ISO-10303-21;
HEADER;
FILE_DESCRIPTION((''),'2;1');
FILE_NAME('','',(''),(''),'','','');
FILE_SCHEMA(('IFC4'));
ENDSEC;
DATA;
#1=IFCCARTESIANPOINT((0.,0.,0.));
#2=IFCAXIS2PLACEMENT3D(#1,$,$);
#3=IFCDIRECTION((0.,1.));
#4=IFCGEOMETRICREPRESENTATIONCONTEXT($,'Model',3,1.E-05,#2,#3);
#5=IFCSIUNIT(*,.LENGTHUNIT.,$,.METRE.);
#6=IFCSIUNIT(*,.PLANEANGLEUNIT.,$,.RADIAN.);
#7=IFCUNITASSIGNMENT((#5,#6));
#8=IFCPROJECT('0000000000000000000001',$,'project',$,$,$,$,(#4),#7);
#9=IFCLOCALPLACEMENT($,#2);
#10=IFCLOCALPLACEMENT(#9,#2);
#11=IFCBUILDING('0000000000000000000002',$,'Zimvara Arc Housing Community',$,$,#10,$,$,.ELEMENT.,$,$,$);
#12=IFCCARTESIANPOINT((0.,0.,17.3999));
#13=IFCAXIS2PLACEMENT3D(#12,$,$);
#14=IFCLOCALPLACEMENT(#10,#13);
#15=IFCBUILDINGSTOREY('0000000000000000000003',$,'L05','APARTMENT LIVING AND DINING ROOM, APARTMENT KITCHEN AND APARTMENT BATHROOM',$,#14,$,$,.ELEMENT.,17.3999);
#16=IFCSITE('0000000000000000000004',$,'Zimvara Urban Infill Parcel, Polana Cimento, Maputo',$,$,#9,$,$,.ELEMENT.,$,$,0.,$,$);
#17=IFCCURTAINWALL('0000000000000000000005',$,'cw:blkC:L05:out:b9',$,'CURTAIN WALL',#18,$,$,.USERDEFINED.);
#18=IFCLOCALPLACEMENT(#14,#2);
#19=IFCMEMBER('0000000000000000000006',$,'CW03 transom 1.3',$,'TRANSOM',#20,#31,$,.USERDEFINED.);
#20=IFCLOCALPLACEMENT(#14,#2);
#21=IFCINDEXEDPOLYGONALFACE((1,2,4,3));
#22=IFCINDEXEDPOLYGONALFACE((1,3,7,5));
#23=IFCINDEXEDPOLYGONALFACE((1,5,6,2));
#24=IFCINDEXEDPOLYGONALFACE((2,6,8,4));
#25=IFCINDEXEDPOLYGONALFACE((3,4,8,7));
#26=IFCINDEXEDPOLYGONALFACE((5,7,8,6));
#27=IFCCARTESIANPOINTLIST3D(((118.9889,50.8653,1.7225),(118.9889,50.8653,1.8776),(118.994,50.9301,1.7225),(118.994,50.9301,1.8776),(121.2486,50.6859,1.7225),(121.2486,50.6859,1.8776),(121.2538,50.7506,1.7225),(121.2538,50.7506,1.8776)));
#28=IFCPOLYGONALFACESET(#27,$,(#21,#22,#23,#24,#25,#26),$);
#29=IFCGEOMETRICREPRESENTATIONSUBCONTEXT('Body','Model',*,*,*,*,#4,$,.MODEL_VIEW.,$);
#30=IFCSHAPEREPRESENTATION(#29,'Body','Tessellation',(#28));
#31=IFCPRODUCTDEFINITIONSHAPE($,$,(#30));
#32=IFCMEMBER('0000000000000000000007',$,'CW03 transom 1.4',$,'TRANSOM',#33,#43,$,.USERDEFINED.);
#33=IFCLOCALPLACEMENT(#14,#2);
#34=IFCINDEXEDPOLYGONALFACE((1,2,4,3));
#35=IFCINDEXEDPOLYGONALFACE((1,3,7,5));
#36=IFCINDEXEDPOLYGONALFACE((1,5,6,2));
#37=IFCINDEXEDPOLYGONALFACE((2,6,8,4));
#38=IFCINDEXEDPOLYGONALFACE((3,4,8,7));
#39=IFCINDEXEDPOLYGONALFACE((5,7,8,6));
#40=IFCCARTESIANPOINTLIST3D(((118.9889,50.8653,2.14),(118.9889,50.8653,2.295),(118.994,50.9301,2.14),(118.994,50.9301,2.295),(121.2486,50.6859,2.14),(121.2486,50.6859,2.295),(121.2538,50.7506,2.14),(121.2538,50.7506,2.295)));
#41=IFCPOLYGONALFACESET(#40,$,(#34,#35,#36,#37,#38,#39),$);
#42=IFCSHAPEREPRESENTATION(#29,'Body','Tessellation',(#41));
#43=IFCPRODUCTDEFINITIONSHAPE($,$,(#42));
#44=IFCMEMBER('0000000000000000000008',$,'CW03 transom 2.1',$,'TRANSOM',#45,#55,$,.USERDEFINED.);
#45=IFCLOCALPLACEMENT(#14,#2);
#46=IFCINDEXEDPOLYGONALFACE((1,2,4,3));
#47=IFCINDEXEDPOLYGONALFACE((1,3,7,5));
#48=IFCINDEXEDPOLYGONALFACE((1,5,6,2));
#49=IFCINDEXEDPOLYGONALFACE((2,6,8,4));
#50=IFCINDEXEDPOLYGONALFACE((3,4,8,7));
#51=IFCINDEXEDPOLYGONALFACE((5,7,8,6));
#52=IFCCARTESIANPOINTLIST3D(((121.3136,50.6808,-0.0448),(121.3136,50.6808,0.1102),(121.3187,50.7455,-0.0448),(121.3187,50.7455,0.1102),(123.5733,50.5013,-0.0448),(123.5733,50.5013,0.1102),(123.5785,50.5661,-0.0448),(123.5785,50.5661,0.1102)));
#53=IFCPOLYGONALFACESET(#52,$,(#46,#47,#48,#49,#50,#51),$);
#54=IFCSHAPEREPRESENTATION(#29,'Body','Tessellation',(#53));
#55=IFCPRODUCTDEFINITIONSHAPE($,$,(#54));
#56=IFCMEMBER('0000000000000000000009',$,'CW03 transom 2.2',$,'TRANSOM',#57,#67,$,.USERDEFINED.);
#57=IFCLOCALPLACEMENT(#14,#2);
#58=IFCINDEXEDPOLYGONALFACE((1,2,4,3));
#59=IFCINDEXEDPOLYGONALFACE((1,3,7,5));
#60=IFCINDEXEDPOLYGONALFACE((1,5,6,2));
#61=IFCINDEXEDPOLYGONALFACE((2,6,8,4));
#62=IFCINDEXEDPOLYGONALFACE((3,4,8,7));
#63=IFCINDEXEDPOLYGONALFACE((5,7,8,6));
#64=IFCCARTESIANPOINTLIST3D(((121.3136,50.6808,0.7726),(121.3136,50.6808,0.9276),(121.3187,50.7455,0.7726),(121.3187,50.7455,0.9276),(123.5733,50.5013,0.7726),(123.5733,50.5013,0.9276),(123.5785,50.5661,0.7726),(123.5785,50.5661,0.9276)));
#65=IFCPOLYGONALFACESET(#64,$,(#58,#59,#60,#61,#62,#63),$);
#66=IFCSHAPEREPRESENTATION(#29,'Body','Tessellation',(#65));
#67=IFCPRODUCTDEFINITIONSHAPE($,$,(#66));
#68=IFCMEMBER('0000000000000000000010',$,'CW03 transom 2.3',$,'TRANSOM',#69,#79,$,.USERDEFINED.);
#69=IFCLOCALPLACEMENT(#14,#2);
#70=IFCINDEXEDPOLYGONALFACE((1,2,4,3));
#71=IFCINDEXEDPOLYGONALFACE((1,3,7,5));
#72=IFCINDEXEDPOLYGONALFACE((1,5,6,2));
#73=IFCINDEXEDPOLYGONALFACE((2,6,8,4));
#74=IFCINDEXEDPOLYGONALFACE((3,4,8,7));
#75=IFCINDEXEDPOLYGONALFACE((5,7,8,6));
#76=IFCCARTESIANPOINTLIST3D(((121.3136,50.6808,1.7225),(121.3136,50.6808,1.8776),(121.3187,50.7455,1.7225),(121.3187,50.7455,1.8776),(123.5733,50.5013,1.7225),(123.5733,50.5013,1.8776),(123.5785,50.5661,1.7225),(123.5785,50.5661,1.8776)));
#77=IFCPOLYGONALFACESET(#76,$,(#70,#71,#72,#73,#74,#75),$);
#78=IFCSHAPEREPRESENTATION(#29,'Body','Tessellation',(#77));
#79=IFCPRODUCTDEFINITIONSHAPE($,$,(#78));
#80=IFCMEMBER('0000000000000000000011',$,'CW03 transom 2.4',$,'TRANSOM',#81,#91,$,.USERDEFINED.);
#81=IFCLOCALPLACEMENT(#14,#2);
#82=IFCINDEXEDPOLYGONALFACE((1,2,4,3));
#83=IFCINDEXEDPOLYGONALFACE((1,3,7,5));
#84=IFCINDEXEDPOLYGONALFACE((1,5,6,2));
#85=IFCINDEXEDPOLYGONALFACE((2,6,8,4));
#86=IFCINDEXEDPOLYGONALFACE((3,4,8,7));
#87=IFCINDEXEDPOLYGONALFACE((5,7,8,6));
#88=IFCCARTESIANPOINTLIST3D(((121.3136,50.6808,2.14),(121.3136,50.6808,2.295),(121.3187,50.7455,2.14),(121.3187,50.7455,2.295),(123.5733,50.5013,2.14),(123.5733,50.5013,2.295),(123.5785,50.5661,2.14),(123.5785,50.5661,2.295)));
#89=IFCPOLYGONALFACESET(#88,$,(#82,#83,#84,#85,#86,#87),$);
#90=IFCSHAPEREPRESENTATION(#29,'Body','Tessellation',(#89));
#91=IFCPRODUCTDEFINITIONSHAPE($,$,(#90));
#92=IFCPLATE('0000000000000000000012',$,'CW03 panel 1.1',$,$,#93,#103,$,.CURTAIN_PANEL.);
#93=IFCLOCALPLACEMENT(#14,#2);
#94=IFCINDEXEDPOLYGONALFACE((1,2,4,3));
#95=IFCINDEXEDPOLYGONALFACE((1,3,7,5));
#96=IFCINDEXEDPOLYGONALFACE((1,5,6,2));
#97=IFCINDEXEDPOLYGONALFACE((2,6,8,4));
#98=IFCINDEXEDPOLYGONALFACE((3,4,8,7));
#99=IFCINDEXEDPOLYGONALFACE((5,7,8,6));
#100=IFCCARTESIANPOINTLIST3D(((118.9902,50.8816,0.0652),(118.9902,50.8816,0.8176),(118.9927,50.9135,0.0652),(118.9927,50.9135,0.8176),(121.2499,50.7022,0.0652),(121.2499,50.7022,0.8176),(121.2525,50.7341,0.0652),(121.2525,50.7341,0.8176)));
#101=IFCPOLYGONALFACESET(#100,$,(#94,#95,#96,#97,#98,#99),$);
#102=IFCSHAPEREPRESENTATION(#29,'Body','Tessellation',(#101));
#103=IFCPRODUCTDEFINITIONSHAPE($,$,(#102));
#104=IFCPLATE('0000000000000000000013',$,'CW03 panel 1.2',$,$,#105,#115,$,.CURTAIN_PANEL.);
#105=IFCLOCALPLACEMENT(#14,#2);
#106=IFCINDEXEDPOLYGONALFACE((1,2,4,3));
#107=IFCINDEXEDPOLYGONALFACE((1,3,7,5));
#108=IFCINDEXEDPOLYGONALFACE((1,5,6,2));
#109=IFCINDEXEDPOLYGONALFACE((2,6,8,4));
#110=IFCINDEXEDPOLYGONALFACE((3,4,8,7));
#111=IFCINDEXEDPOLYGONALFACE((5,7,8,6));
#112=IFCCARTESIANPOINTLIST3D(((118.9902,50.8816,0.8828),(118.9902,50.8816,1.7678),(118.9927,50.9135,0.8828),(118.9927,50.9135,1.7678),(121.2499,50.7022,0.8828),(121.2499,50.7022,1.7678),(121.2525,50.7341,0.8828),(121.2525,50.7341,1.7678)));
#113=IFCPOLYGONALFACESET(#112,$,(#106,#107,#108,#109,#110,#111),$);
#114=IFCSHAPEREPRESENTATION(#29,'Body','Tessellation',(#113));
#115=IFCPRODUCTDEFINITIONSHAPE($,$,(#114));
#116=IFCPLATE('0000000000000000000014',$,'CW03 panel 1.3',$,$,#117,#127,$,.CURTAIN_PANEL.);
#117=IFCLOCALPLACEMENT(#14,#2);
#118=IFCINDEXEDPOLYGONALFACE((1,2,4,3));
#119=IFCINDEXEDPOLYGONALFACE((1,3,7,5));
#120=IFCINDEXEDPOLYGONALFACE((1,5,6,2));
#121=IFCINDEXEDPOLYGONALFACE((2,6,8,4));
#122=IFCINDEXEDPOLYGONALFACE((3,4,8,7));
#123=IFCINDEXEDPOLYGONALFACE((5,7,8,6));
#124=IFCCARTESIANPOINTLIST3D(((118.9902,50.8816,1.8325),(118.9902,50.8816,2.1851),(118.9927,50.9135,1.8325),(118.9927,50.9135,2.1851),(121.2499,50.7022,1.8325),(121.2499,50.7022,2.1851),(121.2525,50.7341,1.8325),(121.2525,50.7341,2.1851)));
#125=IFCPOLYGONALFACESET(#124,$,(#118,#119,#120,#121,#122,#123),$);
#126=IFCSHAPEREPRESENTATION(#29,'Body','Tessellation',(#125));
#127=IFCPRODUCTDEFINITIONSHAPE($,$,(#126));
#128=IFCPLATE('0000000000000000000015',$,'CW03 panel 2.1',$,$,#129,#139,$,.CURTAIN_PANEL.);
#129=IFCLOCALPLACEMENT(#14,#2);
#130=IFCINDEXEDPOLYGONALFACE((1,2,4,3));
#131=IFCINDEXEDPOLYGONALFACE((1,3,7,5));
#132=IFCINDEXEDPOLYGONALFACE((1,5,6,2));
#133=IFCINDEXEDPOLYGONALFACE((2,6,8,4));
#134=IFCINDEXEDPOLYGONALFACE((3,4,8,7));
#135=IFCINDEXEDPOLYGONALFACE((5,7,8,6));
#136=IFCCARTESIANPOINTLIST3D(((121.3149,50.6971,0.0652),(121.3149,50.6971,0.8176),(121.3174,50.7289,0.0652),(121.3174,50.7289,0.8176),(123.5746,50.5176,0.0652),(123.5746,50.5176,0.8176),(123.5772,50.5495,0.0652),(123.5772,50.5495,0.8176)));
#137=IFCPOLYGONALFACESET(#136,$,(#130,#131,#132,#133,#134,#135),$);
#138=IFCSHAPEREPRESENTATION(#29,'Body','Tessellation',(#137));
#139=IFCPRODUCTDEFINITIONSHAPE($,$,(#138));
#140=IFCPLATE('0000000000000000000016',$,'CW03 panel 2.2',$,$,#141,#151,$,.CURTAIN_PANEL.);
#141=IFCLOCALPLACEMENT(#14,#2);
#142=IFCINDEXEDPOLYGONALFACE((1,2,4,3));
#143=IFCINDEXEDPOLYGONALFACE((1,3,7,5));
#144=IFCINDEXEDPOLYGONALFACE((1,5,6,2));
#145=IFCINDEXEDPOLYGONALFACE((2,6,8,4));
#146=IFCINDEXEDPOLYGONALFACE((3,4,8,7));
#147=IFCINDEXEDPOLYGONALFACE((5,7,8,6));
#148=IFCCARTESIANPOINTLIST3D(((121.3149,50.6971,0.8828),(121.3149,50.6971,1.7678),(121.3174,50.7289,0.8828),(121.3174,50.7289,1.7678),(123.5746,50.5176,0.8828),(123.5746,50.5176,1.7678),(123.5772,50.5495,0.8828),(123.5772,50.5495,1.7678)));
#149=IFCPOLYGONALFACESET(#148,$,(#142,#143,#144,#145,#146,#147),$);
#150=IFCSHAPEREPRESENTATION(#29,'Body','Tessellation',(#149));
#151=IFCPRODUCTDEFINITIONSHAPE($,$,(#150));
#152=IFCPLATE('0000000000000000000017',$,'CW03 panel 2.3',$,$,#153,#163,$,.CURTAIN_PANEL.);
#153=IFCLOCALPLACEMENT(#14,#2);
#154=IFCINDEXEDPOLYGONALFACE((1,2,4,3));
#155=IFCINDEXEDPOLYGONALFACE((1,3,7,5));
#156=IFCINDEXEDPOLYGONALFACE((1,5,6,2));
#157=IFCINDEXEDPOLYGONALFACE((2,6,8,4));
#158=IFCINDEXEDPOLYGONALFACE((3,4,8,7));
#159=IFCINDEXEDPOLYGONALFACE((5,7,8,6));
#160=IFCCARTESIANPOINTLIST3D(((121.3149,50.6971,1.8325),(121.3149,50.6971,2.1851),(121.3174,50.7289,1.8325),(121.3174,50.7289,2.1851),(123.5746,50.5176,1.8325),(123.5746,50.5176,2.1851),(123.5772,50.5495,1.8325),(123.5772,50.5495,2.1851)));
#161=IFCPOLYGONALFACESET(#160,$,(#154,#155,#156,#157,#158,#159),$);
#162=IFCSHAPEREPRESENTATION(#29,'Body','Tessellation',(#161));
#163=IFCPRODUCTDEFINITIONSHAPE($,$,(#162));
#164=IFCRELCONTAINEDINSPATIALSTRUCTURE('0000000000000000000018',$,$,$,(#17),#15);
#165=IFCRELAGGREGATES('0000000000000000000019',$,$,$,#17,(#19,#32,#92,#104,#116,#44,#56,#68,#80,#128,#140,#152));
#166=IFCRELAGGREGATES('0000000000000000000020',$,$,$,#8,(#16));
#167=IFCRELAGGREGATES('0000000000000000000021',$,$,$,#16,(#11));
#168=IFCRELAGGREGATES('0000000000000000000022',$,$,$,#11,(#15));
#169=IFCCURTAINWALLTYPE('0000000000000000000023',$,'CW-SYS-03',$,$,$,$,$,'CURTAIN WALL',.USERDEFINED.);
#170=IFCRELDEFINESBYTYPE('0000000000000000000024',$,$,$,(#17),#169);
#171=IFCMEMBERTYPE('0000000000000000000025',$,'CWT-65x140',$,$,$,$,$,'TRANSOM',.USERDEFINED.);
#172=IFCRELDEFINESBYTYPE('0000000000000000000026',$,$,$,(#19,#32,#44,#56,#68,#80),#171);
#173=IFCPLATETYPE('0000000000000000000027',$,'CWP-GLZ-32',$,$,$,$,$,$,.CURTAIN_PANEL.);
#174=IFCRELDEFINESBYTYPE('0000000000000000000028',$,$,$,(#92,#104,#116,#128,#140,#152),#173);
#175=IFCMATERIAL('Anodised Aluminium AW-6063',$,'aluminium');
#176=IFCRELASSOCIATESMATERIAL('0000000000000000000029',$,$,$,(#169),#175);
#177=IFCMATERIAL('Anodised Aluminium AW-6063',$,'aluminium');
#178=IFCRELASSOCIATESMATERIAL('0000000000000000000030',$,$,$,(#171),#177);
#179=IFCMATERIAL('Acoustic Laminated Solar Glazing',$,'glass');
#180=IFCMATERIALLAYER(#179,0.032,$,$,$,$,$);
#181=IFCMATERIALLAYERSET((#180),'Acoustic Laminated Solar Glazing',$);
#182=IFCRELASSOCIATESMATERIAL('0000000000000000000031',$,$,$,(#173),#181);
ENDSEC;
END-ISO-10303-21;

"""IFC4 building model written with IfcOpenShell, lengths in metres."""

from ifc_helpers import new_model, si_unit, direction, frame, origin, origin_2d, place, context, subcontext, project, spatial, rectangle, extrude, material, layer, layer_set, material_profile, profile_set, type_object, element, aggregate, save


model = new_model("IFC4")

# Units and contexts
model_context = context("Model", 3, precision=1e-05, world=origin(), true_north=direction((0.0, 1.0)))
body_context = subcontext(model_context, "Body", "Model", "MODEL_VIEW")
ifc_project = project(units=[si_unit("LENGTHUNIT", "METRE"), si_unit("PLANEANGLEUNIT", "RADIAN")], contexts=[model_context])

# Site, building, storey
site_placement = place(None, origin())
site = spatial("IfcSite", under=ifc_project, at=site_placement, Name="Zimvara Urban Infill Parcel, Polana Cimento, Maputo", CompositionType="ELEMENT", RefElevation=0.0)
building_placement = place(site_placement, origin())
building = spatial("IfcBuilding", under=site, at=building_placement, Name="Zimvara Arc Housing Community", CompositionType="ELEMENT")
storey_placement = place(building_placement, frame((0.0, 0.0, 17.3999)))
storey = spatial("IfcBuildingStorey", under=building, at=storey_placement, Name="L05", Description="APARTMENT LIVING AND DINING ROOM, APARTMENT KITCHEN AND APARTMENT BATHROOM", CompositionType="ELEMENT", Elevation=17.3999)

# Curtain wall, members, plates
ifc_material_1 = material(Name="Anodised Aluminium AW-6063", Category="aluminium")
curtain_wall_type = type_object("IfcCurtainWallType", Name="CW-SYS-03", ElementType="CURTAIN WALL", PredefinedType="USERDEFINED", material=ifc_material_1)
curtain_wall_placement = place(storey_placement, origin())
curtain_wall = element("IfcCurtainWall", 1, at=curtain_wall_placement, inside=storey, type_object=curtain_wall_type, Name="cw:blkC:L05:out:b9", ObjectType="CURTAIN WALL", PredefinedType="USERDEFINED")
ifc_material_2 = material(Name="Anodised Aluminium AW-6063", Category="aluminium")
ifc_material_profile_1 = material_profile(ifc_material_2, rectangle(XDim=0.0649, YDim=0.155, at=origin_2d()), Name="ALU 65x155")
ifc_profile_set_1 = profile_set([ifc_material_profile_1], Name="Anodised Aluminium AW-6063")
member_type_1 = type_object("IfcMemberType", Name="CWT-65x140", ElementType="TRANSOM", PredefinedType="USERDEFINED", material=ifc_profile_set_1)
member_1_placement = place(storey_placement, frame((118.9915, 50.8977, 1.8), z_axis=(0.996862, -0.079159, 0.0), x_axis=(0.079159, 0.996862, 0.0)))
member_1 = element("IfcMember", 2, at=member_1_placement, type_object=member_type_1, Name="CW03 transom 1.3", ObjectType="TRANSOM", PredefinedType="USERDEFINED", context=body_context, shape_type="SweptSolid", body=[
    extrude(rectangle(XDim=0.0649, YDim=0.155, at=origin_2d()), origin(), (0.0, 0.0, 1.0), 2.2668),
])
member_2_placement = place(storey_placement, frame((118.9915, 50.8977, 2.2175), z_axis=(0.996862, -0.079159, 0.0), x_axis=(0.079159, 0.996862, 0.0)))
member_2 = element("IfcMember", 3, at=member_2_placement, type_object=member_type_1, Name="CW03 transom 1.4", ObjectType="TRANSOM", PredefinedType="USERDEFINED", context=body_context, shape_type="SweptSolid", body=[
    extrude(rectangle(XDim=0.0649, YDim=0.155, at=origin_2d()), origin(), (0.0, 0.0, 1.0), 2.2668),
])
member_3_placement = place(storey_placement, frame((121.3162, 50.7131, 0.0327), z_axis=(0.996862, -0.079159, 0.0), x_axis=(0.079159, 0.996862, 0.0)))
member_3 = element("IfcMember", 4, at=member_3_placement, type_object=member_type_1, Name="CW03 transom 2.1", ObjectType="TRANSOM", PredefinedType="USERDEFINED", context=body_context, shape_type="SweptSolid", body=[
    extrude(rectangle(XDim=0.0649, YDim=0.155, at=origin_2d()), origin(), (0.0, 0.0, 1.0), 2.2668),
])
member_4_placement = place(storey_placement, frame((121.3162, 50.7131, 0.8501), z_axis=(0.996862, -0.079159, 0.0), x_axis=(0.079159, 0.996862, 0.0)))
member_4 = element("IfcMember", 5, at=member_4_placement, type_object=member_type_1, Name="CW03 transom 2.2", ObjectType="TRANSOM", PredefinedType="USERDEFINED", context=body_context, shape_type="SweptSolid", body=[
    extrude(rectangle(XDim=0.0649, YDim=0.155, at=origin_2d()), origin(), (0.0, 0.0, 1.0), 2.2668),
])
member_5_placement = place(storey_placement, frame((121.3162, 50.7131, 1.8), z_axis=(0.996862, -0.079159, 0.0), x_axis=(0.079159, 0.996862, 0.0)))
member_5 = element("IfcMember", 6, at=member_5_placement, type_object=member_type_1, Name="CW03 transom 2.3", ObjectType="TRANSOM", PredefinedType="USERDEFINED", context=body_context, shape_type="SweptSolid", body=[
    extrude(rectangle(XDim=0.0649, YDim=0.155, at=origin_2d()), origin(), (0.0, 0.0, 1.0), 2.2668),
])
member_6_placement = place(storey_placement, frame((121.3162, 50.7131, 2.2175), z_axis=(0.996862, -0.079159, 0.0), x_axis=(0.079159, 0.996862, 0.0)))
member_6 = element("IfcMember", 7, at=member_6_placement, type_object=member_type_1, Name="CW03 transom 2.4", ObjectType="TRANSOM", PredefinedType="USERDEFINED", context=body_context, shape_type="SweptSolid", body=[
    extrude(rectangle(XDim=0.0649, YDim=0.155, at=origin_2d()), origin(), (0.0, 0.0, 1.0), 2.2668),
])
ifc_material_3 = material(Name="Acoustic Laminated Solar Glazing", Category="glass")
ifc_layer_1 = layer(ifc_material_3, 0.032)
ifc_layer_set_1 = layer_set([ifc_layer_1], Name="Acoustic Laminated Solar Glazing")
plate_type = type_object("IfcPlateType", Name="CWP-GLZ-32", PredefinedType="CURTAIN_PANEL", material=ifc_layer_set_1)
plate_1_placement = place(storey_placement, frame((120.1213, 50.8079, 0.0652), z_axis=(0.0, 0.0, 1.0), x_axis=(0.996862, -0.079154, 0.0)))
plate_1 = element("IfcPlate", 8, at=plate_1_placement, type_object=plate_type, Name="CW03 panel 1.1", PredefinedType="CURTAIN_PANEL", context=body_context, shape_type="SweptSolid", body=[
    extrude(rectangle(XDim=2.2668, YDim=0.032, at=origin_2d()), origin(), (0.0, 0.0, 1.0), 0.7524),
])
plate_2_placement = place(storey_placement, frame((120.1213, 50.8079, 0.8828), z_axis=(0.0, 0.0, 1.0), x_axis=(0.996862, -0.079154, 0.0)))
plate_2 = element("IfcPlate", 9, at=plate_2_placement, type_object=plate_type, Name="CW03 panel 1.2", PredefinedType="CURTAIN_PANEL", context=body_context, shape_type="SweptSolid", body=[
    extrude(rectangle(XDim=2.2668, YDim=0.032, at=origin_2d()), origin(), (0.0, 0.0, 1.0), 0.885),
])
plate_3_placement = place(storey_placement, frame((120.1213, 50.8079, 1.8325), z_axis=(0.0, 0.0, 1.0), x_axis=(0.996862, -0.079154, 0.0)))
plate_3 = element("IfcPlate", 10, at=plate_3_placement, type_object=plate_type, Name="CW03 panel 1.3", PredefinedType="CURTAIN_PANEL", context=body_context, shape_type="SweptSolid", body=[
    extrude(rectangle(XDim=2.2668, YDim=0.032, at=origin_2d()), origin(), (0.0, 0.0, 1.0), 0.3525),
])
plate_4_placement = place(storey_placement, frame((122.446, 50.6233, 0.0652), z_axis=(0.0, 0.0, 1.0), x_axis=(0.996862, -0.079154, 0.0)))
plate_4 = element("IfcPlate", 11, at=plate_4_placement, type_object=plate_type, Name="CW03 panel 2.1", PredefinedType="CURTAIN_PANEL", context=body_context, shape_type="SweptSolid", body=[
    extrude(rectangle(XDim=2.2668, YDim=0.032, at=origin_2d()), origin(), (0.0, 0.0, 1.0), 0.7524),
])
plate_5_placement = place(storey_placement, frame((122.446, 50.6233, 0.8828), z_axis=(0.0, 0.0, 1.0), x_axis=(0.996862, -0.079154, 0.0)))
plate_5 = element("IfcPlate", 12, at=plate_5_placement, type_object=plate_type, Name="CW03 panel 2.2", PredefinedType="CURTAIN_PANEL", context=body_context, shape_type="SweptSolid", body=[
    extrude(rectangle(XDim=2.2668, YDim=0.032, at=origin_2d()), origin(), (0.0, 0.0, 1.0), 0.885),
])
plate_6_placement = place(storey_placement, frame((122.446, 50.6233, 1.8325), z_axis=(0.0, 0.0, 1.0), x_axis=(0.996862, -0.079154, 0.0)))
plate_6 = element("IfcPlate", 13, at=plate_6_placement, type_object=plate_type, Name="CW03 panel 2.3", PredefinedType="CURTAIN_PANEL", context=body_context, shape_type="SweptSolid", body=[
    extrude(rectangle(XDim=2.2668, YDim=0.032, at=origin_2d()), origin(), (0.0, 0.0, 1.0), 0.3525),
])
aggregate(curtain_wall, [member_1, member_2, plate_1, plate_2, plate_3, member_3, member_4, member_5, member_6, plate_4, plate_5, plate_6])

save(model, "model.ifc")
